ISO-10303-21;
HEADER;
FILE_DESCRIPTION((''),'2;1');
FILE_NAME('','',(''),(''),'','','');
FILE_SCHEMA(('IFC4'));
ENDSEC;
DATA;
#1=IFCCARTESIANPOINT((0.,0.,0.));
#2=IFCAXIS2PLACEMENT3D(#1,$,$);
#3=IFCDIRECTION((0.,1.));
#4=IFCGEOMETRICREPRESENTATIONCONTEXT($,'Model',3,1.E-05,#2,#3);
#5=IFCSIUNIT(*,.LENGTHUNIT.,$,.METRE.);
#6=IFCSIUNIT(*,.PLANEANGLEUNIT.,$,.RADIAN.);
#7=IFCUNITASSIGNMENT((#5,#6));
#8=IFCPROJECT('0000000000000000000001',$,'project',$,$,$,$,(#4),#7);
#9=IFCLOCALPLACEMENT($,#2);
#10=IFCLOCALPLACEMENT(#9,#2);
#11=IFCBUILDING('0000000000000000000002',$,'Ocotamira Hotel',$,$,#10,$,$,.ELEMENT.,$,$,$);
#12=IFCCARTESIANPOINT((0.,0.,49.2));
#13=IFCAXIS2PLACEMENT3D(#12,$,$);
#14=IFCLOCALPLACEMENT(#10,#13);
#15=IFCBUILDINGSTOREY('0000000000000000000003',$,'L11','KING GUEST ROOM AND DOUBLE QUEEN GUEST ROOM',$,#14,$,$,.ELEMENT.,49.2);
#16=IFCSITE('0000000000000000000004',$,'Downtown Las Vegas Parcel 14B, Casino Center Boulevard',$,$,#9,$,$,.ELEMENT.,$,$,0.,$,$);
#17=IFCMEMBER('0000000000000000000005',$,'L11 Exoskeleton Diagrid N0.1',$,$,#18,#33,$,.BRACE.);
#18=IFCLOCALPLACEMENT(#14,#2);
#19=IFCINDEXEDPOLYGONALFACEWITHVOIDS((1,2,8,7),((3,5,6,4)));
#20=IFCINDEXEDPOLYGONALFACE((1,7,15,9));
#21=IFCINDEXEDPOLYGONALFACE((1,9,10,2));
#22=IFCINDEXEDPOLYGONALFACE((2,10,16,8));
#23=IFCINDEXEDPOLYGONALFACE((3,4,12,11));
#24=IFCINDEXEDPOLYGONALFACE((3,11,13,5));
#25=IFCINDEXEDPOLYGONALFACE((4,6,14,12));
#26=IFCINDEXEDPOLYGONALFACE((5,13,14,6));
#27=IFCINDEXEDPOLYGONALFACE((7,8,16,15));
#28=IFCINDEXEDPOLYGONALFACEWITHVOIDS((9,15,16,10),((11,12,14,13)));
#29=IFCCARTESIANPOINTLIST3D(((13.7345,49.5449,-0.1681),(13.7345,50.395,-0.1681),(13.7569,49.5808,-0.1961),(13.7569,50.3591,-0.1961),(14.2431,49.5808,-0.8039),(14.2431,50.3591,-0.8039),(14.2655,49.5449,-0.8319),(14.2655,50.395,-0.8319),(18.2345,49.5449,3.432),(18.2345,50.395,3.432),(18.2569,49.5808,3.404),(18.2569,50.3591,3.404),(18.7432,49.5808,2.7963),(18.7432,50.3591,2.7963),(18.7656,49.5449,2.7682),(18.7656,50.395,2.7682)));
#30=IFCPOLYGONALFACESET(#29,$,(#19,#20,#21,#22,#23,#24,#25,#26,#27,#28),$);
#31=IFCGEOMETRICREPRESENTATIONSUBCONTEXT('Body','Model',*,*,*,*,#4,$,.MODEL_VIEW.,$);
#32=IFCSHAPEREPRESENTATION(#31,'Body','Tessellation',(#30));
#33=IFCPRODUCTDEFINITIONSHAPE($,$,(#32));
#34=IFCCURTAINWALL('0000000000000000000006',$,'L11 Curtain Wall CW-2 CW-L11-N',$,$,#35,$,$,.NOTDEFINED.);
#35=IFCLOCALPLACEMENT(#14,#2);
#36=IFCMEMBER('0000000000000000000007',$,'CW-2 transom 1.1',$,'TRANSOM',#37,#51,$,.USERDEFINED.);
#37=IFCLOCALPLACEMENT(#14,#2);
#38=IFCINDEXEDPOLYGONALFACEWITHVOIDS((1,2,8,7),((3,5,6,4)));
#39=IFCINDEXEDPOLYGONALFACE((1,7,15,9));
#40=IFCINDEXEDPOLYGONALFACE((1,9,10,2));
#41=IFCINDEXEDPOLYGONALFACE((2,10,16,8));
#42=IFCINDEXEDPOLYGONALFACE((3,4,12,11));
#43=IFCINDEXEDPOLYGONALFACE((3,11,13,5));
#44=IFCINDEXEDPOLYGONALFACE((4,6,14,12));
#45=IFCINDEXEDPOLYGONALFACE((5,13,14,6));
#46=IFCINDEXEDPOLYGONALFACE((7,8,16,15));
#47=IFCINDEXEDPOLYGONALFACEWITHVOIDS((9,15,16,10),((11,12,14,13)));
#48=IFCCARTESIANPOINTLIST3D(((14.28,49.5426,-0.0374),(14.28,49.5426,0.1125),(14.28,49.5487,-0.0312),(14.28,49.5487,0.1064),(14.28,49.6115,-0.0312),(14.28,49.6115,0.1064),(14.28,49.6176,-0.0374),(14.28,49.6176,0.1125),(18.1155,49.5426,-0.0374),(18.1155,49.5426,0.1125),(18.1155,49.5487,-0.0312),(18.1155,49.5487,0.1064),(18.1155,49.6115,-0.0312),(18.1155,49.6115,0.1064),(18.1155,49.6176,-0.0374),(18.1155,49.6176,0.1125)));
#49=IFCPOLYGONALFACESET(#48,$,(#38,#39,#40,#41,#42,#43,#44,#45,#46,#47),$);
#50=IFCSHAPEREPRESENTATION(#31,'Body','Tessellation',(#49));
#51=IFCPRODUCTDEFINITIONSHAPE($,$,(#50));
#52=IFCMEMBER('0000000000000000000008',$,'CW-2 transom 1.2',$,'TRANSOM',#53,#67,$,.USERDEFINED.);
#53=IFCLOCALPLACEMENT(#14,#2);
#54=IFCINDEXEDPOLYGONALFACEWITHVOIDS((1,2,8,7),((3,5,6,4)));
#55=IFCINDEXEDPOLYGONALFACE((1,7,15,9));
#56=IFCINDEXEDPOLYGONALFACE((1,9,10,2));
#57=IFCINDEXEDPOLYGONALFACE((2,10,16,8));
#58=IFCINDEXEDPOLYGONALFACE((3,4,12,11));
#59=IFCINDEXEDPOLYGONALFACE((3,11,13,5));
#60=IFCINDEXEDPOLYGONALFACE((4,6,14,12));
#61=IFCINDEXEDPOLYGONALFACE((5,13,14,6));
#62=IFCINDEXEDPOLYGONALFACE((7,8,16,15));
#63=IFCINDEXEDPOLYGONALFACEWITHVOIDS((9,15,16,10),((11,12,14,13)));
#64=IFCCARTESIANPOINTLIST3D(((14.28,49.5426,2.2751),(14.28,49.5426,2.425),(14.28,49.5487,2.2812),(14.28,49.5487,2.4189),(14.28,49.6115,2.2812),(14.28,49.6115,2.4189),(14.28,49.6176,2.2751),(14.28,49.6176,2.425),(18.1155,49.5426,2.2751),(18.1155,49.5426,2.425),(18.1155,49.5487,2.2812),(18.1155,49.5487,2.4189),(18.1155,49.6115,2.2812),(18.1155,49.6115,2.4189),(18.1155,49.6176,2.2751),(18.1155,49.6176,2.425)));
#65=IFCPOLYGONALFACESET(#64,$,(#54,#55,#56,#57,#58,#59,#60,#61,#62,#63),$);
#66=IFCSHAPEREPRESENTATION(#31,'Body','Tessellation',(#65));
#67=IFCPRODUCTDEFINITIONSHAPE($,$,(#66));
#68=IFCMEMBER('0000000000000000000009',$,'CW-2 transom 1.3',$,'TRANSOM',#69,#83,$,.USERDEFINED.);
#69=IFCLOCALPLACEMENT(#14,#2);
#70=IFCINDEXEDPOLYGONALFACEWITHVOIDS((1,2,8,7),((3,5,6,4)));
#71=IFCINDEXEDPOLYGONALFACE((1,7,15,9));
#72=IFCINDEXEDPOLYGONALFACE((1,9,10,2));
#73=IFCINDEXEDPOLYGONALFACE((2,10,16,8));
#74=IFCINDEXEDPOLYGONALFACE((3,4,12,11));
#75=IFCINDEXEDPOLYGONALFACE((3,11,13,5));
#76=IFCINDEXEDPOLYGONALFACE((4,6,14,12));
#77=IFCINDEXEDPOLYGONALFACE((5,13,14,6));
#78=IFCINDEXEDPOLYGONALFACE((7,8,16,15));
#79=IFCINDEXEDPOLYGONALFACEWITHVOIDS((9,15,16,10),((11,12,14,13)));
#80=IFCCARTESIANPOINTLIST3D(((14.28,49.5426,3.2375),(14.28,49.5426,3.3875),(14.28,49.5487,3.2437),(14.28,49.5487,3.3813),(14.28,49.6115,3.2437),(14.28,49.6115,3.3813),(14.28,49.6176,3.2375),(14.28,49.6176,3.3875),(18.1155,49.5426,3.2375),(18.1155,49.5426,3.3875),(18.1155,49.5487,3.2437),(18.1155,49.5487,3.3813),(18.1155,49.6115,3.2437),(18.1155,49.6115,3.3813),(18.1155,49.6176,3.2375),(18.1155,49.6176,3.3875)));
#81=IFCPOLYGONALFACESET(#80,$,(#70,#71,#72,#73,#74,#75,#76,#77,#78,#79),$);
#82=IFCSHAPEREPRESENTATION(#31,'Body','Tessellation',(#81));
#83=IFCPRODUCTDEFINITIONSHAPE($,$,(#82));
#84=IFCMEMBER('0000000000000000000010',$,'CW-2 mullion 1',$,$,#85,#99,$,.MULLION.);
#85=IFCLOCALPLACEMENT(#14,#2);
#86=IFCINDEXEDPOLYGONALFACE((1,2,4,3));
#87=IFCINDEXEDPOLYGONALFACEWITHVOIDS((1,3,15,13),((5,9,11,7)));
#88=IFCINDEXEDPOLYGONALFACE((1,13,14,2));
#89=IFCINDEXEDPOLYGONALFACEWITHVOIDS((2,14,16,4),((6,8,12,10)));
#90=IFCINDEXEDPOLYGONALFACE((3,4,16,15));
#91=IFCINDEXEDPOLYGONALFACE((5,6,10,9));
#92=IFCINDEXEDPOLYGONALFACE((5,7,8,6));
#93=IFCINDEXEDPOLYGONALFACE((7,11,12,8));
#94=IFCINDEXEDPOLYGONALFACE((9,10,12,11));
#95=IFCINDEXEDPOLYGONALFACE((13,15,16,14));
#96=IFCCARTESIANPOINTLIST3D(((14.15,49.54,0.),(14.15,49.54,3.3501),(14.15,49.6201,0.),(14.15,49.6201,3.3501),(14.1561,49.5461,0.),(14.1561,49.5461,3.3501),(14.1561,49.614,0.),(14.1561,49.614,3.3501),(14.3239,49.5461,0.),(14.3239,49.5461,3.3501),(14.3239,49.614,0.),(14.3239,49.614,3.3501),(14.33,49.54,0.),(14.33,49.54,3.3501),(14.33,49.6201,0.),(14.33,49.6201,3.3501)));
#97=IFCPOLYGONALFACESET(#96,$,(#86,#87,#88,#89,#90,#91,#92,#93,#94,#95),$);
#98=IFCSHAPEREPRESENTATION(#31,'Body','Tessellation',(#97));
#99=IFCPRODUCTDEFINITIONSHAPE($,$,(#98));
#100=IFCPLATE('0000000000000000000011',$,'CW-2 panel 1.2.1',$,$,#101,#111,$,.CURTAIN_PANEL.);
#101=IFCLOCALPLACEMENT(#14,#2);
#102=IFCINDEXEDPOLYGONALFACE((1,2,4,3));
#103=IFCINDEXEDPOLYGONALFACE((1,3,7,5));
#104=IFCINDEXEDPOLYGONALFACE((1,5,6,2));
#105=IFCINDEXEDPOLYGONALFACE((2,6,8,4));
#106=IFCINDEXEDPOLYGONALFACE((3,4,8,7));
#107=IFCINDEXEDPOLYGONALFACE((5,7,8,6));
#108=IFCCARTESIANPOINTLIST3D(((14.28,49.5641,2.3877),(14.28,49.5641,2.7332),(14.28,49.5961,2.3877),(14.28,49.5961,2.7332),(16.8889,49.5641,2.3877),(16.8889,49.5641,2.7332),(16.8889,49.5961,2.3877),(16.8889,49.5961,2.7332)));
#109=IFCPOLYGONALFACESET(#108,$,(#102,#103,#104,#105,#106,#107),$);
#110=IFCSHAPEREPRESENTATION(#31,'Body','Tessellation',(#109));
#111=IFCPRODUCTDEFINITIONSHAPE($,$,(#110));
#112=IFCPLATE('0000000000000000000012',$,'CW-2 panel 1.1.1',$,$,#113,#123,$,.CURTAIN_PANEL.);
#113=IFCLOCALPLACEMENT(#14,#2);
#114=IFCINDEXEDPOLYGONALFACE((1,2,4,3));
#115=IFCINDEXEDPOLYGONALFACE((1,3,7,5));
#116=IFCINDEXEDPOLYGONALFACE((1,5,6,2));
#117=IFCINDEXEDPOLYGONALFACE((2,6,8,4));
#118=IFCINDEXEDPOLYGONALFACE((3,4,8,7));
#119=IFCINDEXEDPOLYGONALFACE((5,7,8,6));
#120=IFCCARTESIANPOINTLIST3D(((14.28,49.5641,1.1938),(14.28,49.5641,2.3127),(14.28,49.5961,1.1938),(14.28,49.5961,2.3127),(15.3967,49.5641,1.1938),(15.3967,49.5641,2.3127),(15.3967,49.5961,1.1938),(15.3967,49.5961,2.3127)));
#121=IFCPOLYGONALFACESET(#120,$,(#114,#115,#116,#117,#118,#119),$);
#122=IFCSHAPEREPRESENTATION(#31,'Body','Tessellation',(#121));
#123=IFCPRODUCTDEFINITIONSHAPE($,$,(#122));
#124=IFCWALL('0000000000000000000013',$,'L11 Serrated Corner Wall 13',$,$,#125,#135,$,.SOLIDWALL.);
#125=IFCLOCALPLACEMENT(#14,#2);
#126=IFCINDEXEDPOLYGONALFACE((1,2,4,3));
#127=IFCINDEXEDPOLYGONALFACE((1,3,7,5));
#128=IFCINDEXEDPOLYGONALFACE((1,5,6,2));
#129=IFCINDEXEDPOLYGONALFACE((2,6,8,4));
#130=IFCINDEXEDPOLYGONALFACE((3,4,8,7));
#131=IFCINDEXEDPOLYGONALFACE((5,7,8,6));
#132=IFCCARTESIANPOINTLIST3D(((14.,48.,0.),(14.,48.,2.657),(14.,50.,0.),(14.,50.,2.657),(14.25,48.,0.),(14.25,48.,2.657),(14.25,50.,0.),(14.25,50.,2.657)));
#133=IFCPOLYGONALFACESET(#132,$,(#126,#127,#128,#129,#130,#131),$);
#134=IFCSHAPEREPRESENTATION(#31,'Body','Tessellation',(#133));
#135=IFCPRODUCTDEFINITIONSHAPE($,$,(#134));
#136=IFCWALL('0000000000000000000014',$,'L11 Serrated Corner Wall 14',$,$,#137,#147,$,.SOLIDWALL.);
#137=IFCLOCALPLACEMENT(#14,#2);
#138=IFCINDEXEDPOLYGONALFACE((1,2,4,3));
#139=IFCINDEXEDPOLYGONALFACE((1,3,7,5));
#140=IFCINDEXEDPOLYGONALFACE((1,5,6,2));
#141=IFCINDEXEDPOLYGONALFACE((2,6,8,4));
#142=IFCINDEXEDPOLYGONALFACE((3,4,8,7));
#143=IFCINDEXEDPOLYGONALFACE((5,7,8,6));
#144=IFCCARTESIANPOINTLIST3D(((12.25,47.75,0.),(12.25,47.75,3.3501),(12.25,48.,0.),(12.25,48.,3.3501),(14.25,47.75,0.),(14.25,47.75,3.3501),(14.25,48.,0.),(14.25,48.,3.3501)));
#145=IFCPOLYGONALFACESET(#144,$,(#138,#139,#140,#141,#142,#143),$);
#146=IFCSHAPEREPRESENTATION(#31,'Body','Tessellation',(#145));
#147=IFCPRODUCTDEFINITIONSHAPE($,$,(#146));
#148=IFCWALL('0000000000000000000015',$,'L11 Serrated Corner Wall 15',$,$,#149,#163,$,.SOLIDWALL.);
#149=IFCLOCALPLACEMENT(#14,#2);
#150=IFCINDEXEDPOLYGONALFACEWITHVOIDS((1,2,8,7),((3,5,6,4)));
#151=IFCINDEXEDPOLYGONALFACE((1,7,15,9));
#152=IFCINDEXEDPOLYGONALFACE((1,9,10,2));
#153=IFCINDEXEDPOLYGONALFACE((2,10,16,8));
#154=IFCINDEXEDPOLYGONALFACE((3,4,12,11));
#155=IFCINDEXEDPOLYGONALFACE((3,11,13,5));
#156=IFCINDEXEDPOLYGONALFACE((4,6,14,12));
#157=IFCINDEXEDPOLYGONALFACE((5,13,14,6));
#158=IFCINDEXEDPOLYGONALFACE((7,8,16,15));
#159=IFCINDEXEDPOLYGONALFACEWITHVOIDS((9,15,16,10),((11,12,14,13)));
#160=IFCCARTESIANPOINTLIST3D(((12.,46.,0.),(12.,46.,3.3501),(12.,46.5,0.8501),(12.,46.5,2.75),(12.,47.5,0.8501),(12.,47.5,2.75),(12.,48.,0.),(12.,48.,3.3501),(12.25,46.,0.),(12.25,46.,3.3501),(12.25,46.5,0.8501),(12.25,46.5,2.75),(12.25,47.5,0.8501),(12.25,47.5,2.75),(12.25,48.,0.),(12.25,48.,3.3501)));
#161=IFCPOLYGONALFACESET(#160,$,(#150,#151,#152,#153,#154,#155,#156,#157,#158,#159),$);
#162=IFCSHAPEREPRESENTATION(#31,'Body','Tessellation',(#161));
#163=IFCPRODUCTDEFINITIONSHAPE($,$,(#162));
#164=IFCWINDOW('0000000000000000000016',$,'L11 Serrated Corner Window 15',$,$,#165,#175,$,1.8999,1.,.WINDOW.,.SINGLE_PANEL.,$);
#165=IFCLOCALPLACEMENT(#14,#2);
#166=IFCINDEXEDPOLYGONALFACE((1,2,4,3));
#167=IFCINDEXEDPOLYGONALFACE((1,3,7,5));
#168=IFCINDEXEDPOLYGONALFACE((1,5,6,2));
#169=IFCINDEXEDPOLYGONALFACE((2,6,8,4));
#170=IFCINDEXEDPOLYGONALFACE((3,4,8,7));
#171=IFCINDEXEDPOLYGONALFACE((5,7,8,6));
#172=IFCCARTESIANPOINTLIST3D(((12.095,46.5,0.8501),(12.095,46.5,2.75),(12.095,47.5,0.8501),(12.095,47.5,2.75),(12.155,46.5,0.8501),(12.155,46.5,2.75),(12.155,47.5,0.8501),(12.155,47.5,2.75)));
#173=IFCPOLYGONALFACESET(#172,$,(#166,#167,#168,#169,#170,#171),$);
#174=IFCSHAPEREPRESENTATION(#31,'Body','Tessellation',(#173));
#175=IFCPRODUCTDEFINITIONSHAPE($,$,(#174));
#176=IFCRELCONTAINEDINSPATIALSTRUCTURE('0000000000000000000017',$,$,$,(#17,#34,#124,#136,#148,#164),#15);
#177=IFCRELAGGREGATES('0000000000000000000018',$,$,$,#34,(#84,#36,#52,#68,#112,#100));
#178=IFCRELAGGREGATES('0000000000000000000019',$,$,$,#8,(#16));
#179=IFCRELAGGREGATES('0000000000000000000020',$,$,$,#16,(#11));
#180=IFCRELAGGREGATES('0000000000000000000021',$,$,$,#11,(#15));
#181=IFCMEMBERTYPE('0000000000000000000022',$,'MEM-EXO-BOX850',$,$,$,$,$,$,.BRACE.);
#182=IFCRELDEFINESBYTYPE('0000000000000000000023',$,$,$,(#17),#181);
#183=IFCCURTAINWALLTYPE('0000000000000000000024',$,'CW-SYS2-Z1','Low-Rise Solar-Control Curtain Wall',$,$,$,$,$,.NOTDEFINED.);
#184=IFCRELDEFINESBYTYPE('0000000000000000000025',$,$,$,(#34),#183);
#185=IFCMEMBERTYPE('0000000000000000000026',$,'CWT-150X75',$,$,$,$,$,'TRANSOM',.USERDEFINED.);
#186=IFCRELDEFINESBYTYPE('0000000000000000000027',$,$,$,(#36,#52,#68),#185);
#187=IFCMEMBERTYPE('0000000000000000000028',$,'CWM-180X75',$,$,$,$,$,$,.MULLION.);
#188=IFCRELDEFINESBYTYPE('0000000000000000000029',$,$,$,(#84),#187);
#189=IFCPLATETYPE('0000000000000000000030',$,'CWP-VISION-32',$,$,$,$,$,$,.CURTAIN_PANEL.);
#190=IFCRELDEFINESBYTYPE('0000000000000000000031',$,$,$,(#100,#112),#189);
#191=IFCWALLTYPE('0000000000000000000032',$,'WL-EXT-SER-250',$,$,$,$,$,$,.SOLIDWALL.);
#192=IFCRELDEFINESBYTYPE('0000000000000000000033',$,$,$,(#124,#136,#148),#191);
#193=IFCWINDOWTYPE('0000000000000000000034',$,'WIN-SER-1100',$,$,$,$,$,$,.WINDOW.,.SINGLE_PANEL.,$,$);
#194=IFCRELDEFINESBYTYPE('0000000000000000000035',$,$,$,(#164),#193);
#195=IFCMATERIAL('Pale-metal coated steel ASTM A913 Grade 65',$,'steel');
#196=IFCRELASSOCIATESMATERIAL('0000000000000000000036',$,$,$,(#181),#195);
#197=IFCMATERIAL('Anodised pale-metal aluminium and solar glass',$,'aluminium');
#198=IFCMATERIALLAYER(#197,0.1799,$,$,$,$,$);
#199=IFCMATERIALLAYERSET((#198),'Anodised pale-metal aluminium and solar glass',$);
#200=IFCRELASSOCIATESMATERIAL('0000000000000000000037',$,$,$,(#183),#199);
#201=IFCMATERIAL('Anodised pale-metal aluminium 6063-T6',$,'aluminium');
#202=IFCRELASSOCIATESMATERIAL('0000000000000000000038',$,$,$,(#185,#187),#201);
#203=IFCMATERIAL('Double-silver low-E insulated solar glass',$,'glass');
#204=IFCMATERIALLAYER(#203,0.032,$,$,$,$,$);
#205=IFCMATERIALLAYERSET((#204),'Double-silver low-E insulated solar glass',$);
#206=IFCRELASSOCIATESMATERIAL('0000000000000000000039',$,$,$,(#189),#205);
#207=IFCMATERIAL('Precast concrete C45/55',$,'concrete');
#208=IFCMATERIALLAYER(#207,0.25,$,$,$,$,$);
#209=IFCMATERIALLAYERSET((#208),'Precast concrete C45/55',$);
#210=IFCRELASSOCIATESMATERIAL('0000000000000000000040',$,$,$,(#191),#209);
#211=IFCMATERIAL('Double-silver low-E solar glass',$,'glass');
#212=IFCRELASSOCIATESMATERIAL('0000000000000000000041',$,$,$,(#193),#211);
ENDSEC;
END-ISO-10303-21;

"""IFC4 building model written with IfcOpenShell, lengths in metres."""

from ifc_helpers import new_model, si_unit, direction, frame, frame_2d, origin, origin_2d, place, context, subcontext, project, spatial, rectangle, hollow_rectangle, extrude, source, transform, mapped, material, layer, layer_set, material_profile, profile_set, type_object, element, fill, aggregate, save


model = new_model("IFC4")

# Units and contexts
model_context = context("Model", 3, precision=1e-05, world=origin(), true_north=direction((0.0, 1.0)))
body_context = subcontext(model_context, "Body", "Model", "MODEL_VIEW")
ifc_project = project(units=[si_unit("LENGTHUNIT", "METRE"), si_unit("PLANEANGLEUNIT", "RADIAN")], contexts=[model_context])

# Site, building, storey
site_placement = place(None, origin())
site = spatial("IfcSite", under=ifc_project, at=site_placement, Name="Downtown Las Vegas Parcel 14B, Casino Center Boulevard", CompositionType="ELEMENT", RefElevation=0.0)
building_placement = place(site_placement, origin())
building = spatial("IfcBuilding", under=site, at=building_placement, Name="Ocotamira Hotel", CompositionType="ELEMENT")
storey_placement = place(building_placement, frame((0.0, 0.0, 49.2)))
storey = spatial("IfcBuildingStorey", under=building, at=storey_placement, Name="L11", Description="KING GUEST ROOM AND DOUBLE QUEEN GUEST ROOM", CompositionType="ELEMENT", Elevation=49.2)

# Member
ifc_material_1 = material(Name="Pale-metal coated steel ASTM A913 Grade 65", Category="steel")
ifc_material_profile_1 = material_profile(ifc_material_1, hollow_rectangle(XDim=0.8501, YDim=0.8501, WallThickness=0.0359, at=origin_2d()), Name="BOX850X850X36")
ifc_profile_set_1 = profile_set([ifc_material_profile_1], Name="Pale-metal coated steel ASTM A913 Grade 65")
member_type_1 = type_object("IfcMemberType", Name="MEM-EXO-BOX850", PredefinedType="BRACE", material=ifc_profile_set_1)
shared_shape_1 = source(origin(), body_context, "Body", "SweptSolid", [
    extrude(hollow_rectangle(XDim=0.8501, YDim=0.8501, WallThickness=0.0359, at=origin_2d()), origin(), (0.0, 0.0, 1.0), 5.7629),
])
member_1_placement = place(storey_placement, frame((14.0, 49.97, -0.5), z_axis=(0.780861, 0.0, 0.624705), x_axis=(0.0, 1.0, 0.0)))
element("IfcMember", 1, at=member_1_placement, inside=storey, type_object=member_type_1, Name="L11 Exoskeleton Diagrid N0.1", PredefinedType="BRACE", context=body_context, shape_type="MappedRepresentation", body=[
    mapped(shared_shape_1, transform((0.0, 0.0, 0.0), scale=1.0)),
])

# Curtain wall, members, plates
ifc_material_2 = material(Name="Anodised pale-metal aluminium and solar glass", Category="aluminium")
ifc_layer_1 = layer(ifc_material_2, 0.1799)
ifc_layer_set_1 = layer_set([ifc_layer_1], Name="Anodised pale-metal aluminium and solar glass")
curtain_wall_type = type_object("IfcCurtainWallType", Name="CW-SYS2-Z1", Description="Low-Rise Solar-Control Curtain Wall", PredefinedType="NOTDEFINED", material=ifc_layer_set_1)
curtain_wall_placement = place(storey_placement, origin())
curtain_wall = element("IfcCurtainWall", 2, at=curtain_wall_placement, inside=storey, type_object=curtain_wall_type, Name="L11 Curtain Wall CW-2 CW-L11-N", PredefinedType="NOTDEFINED")
ifc_material_3 = material(Name="Anodised pale-metal aluminium 6063-T6", Category="aluminium")
ifc_material_profile_2 = material_profile(ifc_material_3, hollow_rectangle(XDim=0.075, YDim=0.1499, WallThickness=0.0061, at=origin_2d()), Name="HSS150X75X6")
ifc_profile_set_2 = profile_set([ifc_material_profile_2], Name="Anodised pale-metal aluminium 6063-T6")
member_type_2 = type_object("IfcMemberType", Name="CWT-150X75", ElementType="TRANSOM", PredefinedType="USERDEFINED", material=ifc_profile_set_2)
shared_shape_2 = source(origin(), body_context, "Body", "SweptSolid", [
    extrude(hollow_rectangle(XDim=0.075, YDim=0.1499, WallThickness=0.0061, at=origin_2d()), origin(), (0.0, 0.0, 1.0), 3.8354),
])
member_2_placement = place(storey_placement, frame((14.28, 49.5801, 0.0376), z_axis=(1.0, 0.0, 0.0), x_axis=(0.0, 1.0, 0.0)))
member_2 = element("IfcMember", 3, at=member_2_placement, type_object=member_type_2, Name="CW-2 transom 1.1", ObjectType="TRANSOM", PredefinedType="USERDEFINED", context=body_context, shape_type="MappedRepresentation", body=[
    mapped(shared_shape_2, transform((0.0, 0.0, 0.0), scale=1.0)),
])
member_3_placement = place(storey_placement, frame((14.28, 49.5801, 2.3501), z_axis=(1.0, 0.0, 0.0), x_axis=(0.0, 1.0, 0.0)))
member_3 = element("IfcMember", 4, at=member_3_placement, type_object=member_type_2, Name="CW-2 transom 1.2", ObjectType="TRANSOM", PredefinedType="USERDEFINED", context=body_context, shape_type="MappedRepresentation", body=[
    mapped(shared_shape_2, transform((0.0, 0.0, 0.0), scale=1.0)),
])
member_4_placement = place(storey_placement, frame((14.28, 49.5801, 3.3125), z_axis=(1.0, 0.0, 0.0), x_axis=(0.0, 1.0, 0.0)))
member_4 = element("IfcMember", 5, at=member_4_placement, type_object=member_type_2, Name="CW-2 transom 1.3", ObjectType="TRANSOM", PredefinedType="USERDEFINED", context=body_context, shape_type="MappedRepresentation", body=[
    mapped(shared_shape_2, transform((0.0, 0.0, 0.0), scale=1.0)),
])
ifc_material_profile_3 = material_profile(ifc_material_3, hollow_rectangle(XDim=0.0801, YDim=0.1799, WallThickness=0.0061, at=origin_2d()), Name="HSS180X80X6")
ifc_profile_set_3 = profile_set([ifc_material_profile_3], Name="Anodised pale-metal aluminium 6063-T6")
member_type_3 = type_object("IfcMemberType", Name="CWM-180X75", PredefinedType="MULLION", material=ifc_profile_set_3)
shared_shape_3 = source(origin(), body_context, "Body", "SweptSolid", [
    extrude(hollow_rectangle(XDim=0.0801, YDim=0.1799, WallThickness=0.0061, at=origin_2d()), origin(), (0.0, 0.0, 1.0), 3.3501),
])
member_5_placement = place(storey_placement, frame((14.24, 49.5801, 0.0), z_axis=(0.0, 0.0, 1.0), x_axis=(0.0, 1.0, 0.0)))
member_5 = element("IfcMember", 6, at=member_5_placement, type_object=member_type_3, Name="CW-2 mullion 1", PredefinedType="MULLION", context=body_context, shape_type="MappedRepresentation", body=[
    mapped(shared_shape_3, transform((0.0, 0.0, 0.0), scale=1.0)),
])
ifc_material_4 = material(Name="Double-silver low-E insulated solar glass", Category="glass")
ifc_layer_2 = layer(ifc_material_4, 0.032)
ifc_layer_set_2 = layer_set([ifc_layer_2], Name="Double-silver low-E insulated solar glass")
plate_type = type_object("IfcPlateType", Name="CWP-VISION-32", PredefinedType="CURTAIN_PANEL", material=ifc_layer_set_2)
shared_shape_4 = source(origin(), body_context, "Body", "SweptSolid", [
    extrude(rectangle(XDim=2.6089, YDim=0.032, at=origin_2d()), origin(), (0.0, 0.0, 1.0), 0.3455),
])
plate_1_placement = place(storey_placement, frame((15.5845, 49.5801, 2.3877), z_axis=(0.0, 0.0, 1.0), x_axis=(1.0, 0.0, 0.0)))
plate_1 = element("IfcPlate", 7, at=plate_1_placement, type_object=plate_type, Name="CW-2 panel 1.2.1", PredefinedType="CURTAIN_PANEL", context=body_context, shape_type="MappedRepresentation", body=[
    mapped(shared_shape_4, transform((0.0, 0.0, 0.0), scale=1.0)),
])
shared_shape_5 = source(origin(), body_context, "Body", "SweptSolid", [
    extrude(rectangle(XDim=1.1167, YDim=0.032, at=origin_2d()), origin(), (0.0, 0.0, 1.0), 1.1189),
])
plate_2_placement = place(storey_placement, frame((14.8384, 49.5801, 1.1938), z_axis=(0.0, 0.0, 1.0), x_axis=(1.0, 0.0, 0.0)))
plate_2 = element("IfcPlate", 8, at=plate_2_placement, type_object=plate_type, Name="CW-2 panel 1.1.1", PredefinedType="CURTAIN_PANEL", context=body_context, shape_type="MappedRepresentation", body=[
    mapped(shared_shape_5, transform((0.0, 0.0, 0.0), scale=1.0)),
])
aggregate(curtain_wall, [member_5, member_2, member_3, member_4, plate_2, plate_1])

# Walls
ifc_material_5 = material(Name="Precast concrete C45/55", Category="concrete")
ifc_layer_3 = layer(ifc_material_5, 0.25)
ifc_layer_set_3 = layer_set([ifc_layer_3], Name="Precast concrete C45/55")
wall_type_1 = type_object("IfcWallType", Name="WL-EXT-SER-250", PredefinedType="SOLIDWALL", material=ifc_layer_set_3)
wall_1_placement = place(storey_placement, frame((14.125, 50.0, 0.0), z_axis=(0.0, 0.0, 1.0), x_axis=(0.0, -1.0, 0.0)))
element("IfcWall", 9, at=wall_1_placement, inside=storey, type_object=wall_type_1, Name="L11 Serrated Corner Wall 13", PredefinedType="SOLIDWALL", context=body_context, shape_type="SweptSolid", body=[
    extrude(rectangle(XDim=2.0, YDim=0.25, at=frame_2d((1.0, 0.0))), origin(), (0.0, 0.0, 1.0), 2.657),
])
wall_2_placement = place(storey_placement, frame((14.25, 47.875, 0.0), z_axis=(0.0, 0.0, 1.0), x_axis=(-1.0, 0.0, 0.0)))
element("IfcWall", 10, at=wall_2_placement, inside=storey, type_object=wall_type_1, Name="L11 Serrated Corner Wall 14", PredefinedType="SOLIDWALL", context=body_context, shape_type="SweptSolid", body=[
    extrude(rectangle(XDim=2.0, YDim=0.25, at=frame_2d((1.0, 0.0))), origin(), (0.0, 0.0, 1.0), 3.3501),
])

# Wall, opening, window
wall_3_placement = place(storey_placement, frame((12.125, 48.0, 0.0), z_axis=(0.0, 0.0, 1.0), x_axis=(0.0, -1.0, 0.0)))
wall_3 = element("IfcWall", 11, at=wall_3_placement, inside=storey, type_object=wall_type_1, Name="L11 Serrated Corner Wall 15", PredefinedType="SOLIDWALL", context=body_context, shape_type="SweptSolid", body=[
    extrude(rectangle(XDim=2.0, YDim=0.25, at=frame_2d((1.0, 0.0))), origin(), (0.0, 0.0, 1.0), 3.3501),
])
opening_1_placement = place(wall_3_placement, frame((0.5, 0.0, 0.8501)))
opening_1 = element("IfcOpeningElement", 12, at=opening_1_placement, cuts=wall_3, PredefinedType="OPENING", context=body_context, shape_type="SweptSolid", body=[
    extrude(rectangle(XDim=1.0, YDim=1.8999, at=frame_2d((0.5, 0.95))), frame((0.0, 0.135, 0.0), z_axis=(0.0, -1.0, 0.0), x_axis=(1.0, 0.0, 0.0)), (0.0, 0.0, 1.0), 0.27),
])
ifc_material_6 = material(Name="Double-silver low-E solar glass", Category="glass")
window_type = type_object("IfcWindowType", Name="WIN-SER-1100", PartitioningType="SINGLE_PANEL", PredefinedType="WINDOW", material=ifc_material_6)
shared_shape_6 = source(origin(), body_context, "Body", "SweptSolid", [
    extrude(rectangle(XDim=1.0, YDim=1.8999, at=frame_2d((0.5, 0.95))), frame((0.0, 0.03, 0.0), z_axis=(0.0, -1.0, 0.0), x_axis=(1.0, 0.0, 0.0)), (0.0, 0.0, 1.0), 0.0601),
])
window_placement = place(opening_1_placement, origin())
window = element("IfcWindow", 13, at=window_placement, inside=storey, type_object=window_type, Name="L11 Serrated Corner Window 15", OverallHeight=1.8999, OverallWidth=1.0, PartitioningType="SINGLE_PANEL", PredefinedType="WINDOW", context=body_context, shape_type="MappedRepresentation", body=[
    mapped(shared_shape_6, transform((0.0, 0.0, 0.0), scale=1.0)),
])
fill(opening_1, window)

save(model, "model.ifc")
